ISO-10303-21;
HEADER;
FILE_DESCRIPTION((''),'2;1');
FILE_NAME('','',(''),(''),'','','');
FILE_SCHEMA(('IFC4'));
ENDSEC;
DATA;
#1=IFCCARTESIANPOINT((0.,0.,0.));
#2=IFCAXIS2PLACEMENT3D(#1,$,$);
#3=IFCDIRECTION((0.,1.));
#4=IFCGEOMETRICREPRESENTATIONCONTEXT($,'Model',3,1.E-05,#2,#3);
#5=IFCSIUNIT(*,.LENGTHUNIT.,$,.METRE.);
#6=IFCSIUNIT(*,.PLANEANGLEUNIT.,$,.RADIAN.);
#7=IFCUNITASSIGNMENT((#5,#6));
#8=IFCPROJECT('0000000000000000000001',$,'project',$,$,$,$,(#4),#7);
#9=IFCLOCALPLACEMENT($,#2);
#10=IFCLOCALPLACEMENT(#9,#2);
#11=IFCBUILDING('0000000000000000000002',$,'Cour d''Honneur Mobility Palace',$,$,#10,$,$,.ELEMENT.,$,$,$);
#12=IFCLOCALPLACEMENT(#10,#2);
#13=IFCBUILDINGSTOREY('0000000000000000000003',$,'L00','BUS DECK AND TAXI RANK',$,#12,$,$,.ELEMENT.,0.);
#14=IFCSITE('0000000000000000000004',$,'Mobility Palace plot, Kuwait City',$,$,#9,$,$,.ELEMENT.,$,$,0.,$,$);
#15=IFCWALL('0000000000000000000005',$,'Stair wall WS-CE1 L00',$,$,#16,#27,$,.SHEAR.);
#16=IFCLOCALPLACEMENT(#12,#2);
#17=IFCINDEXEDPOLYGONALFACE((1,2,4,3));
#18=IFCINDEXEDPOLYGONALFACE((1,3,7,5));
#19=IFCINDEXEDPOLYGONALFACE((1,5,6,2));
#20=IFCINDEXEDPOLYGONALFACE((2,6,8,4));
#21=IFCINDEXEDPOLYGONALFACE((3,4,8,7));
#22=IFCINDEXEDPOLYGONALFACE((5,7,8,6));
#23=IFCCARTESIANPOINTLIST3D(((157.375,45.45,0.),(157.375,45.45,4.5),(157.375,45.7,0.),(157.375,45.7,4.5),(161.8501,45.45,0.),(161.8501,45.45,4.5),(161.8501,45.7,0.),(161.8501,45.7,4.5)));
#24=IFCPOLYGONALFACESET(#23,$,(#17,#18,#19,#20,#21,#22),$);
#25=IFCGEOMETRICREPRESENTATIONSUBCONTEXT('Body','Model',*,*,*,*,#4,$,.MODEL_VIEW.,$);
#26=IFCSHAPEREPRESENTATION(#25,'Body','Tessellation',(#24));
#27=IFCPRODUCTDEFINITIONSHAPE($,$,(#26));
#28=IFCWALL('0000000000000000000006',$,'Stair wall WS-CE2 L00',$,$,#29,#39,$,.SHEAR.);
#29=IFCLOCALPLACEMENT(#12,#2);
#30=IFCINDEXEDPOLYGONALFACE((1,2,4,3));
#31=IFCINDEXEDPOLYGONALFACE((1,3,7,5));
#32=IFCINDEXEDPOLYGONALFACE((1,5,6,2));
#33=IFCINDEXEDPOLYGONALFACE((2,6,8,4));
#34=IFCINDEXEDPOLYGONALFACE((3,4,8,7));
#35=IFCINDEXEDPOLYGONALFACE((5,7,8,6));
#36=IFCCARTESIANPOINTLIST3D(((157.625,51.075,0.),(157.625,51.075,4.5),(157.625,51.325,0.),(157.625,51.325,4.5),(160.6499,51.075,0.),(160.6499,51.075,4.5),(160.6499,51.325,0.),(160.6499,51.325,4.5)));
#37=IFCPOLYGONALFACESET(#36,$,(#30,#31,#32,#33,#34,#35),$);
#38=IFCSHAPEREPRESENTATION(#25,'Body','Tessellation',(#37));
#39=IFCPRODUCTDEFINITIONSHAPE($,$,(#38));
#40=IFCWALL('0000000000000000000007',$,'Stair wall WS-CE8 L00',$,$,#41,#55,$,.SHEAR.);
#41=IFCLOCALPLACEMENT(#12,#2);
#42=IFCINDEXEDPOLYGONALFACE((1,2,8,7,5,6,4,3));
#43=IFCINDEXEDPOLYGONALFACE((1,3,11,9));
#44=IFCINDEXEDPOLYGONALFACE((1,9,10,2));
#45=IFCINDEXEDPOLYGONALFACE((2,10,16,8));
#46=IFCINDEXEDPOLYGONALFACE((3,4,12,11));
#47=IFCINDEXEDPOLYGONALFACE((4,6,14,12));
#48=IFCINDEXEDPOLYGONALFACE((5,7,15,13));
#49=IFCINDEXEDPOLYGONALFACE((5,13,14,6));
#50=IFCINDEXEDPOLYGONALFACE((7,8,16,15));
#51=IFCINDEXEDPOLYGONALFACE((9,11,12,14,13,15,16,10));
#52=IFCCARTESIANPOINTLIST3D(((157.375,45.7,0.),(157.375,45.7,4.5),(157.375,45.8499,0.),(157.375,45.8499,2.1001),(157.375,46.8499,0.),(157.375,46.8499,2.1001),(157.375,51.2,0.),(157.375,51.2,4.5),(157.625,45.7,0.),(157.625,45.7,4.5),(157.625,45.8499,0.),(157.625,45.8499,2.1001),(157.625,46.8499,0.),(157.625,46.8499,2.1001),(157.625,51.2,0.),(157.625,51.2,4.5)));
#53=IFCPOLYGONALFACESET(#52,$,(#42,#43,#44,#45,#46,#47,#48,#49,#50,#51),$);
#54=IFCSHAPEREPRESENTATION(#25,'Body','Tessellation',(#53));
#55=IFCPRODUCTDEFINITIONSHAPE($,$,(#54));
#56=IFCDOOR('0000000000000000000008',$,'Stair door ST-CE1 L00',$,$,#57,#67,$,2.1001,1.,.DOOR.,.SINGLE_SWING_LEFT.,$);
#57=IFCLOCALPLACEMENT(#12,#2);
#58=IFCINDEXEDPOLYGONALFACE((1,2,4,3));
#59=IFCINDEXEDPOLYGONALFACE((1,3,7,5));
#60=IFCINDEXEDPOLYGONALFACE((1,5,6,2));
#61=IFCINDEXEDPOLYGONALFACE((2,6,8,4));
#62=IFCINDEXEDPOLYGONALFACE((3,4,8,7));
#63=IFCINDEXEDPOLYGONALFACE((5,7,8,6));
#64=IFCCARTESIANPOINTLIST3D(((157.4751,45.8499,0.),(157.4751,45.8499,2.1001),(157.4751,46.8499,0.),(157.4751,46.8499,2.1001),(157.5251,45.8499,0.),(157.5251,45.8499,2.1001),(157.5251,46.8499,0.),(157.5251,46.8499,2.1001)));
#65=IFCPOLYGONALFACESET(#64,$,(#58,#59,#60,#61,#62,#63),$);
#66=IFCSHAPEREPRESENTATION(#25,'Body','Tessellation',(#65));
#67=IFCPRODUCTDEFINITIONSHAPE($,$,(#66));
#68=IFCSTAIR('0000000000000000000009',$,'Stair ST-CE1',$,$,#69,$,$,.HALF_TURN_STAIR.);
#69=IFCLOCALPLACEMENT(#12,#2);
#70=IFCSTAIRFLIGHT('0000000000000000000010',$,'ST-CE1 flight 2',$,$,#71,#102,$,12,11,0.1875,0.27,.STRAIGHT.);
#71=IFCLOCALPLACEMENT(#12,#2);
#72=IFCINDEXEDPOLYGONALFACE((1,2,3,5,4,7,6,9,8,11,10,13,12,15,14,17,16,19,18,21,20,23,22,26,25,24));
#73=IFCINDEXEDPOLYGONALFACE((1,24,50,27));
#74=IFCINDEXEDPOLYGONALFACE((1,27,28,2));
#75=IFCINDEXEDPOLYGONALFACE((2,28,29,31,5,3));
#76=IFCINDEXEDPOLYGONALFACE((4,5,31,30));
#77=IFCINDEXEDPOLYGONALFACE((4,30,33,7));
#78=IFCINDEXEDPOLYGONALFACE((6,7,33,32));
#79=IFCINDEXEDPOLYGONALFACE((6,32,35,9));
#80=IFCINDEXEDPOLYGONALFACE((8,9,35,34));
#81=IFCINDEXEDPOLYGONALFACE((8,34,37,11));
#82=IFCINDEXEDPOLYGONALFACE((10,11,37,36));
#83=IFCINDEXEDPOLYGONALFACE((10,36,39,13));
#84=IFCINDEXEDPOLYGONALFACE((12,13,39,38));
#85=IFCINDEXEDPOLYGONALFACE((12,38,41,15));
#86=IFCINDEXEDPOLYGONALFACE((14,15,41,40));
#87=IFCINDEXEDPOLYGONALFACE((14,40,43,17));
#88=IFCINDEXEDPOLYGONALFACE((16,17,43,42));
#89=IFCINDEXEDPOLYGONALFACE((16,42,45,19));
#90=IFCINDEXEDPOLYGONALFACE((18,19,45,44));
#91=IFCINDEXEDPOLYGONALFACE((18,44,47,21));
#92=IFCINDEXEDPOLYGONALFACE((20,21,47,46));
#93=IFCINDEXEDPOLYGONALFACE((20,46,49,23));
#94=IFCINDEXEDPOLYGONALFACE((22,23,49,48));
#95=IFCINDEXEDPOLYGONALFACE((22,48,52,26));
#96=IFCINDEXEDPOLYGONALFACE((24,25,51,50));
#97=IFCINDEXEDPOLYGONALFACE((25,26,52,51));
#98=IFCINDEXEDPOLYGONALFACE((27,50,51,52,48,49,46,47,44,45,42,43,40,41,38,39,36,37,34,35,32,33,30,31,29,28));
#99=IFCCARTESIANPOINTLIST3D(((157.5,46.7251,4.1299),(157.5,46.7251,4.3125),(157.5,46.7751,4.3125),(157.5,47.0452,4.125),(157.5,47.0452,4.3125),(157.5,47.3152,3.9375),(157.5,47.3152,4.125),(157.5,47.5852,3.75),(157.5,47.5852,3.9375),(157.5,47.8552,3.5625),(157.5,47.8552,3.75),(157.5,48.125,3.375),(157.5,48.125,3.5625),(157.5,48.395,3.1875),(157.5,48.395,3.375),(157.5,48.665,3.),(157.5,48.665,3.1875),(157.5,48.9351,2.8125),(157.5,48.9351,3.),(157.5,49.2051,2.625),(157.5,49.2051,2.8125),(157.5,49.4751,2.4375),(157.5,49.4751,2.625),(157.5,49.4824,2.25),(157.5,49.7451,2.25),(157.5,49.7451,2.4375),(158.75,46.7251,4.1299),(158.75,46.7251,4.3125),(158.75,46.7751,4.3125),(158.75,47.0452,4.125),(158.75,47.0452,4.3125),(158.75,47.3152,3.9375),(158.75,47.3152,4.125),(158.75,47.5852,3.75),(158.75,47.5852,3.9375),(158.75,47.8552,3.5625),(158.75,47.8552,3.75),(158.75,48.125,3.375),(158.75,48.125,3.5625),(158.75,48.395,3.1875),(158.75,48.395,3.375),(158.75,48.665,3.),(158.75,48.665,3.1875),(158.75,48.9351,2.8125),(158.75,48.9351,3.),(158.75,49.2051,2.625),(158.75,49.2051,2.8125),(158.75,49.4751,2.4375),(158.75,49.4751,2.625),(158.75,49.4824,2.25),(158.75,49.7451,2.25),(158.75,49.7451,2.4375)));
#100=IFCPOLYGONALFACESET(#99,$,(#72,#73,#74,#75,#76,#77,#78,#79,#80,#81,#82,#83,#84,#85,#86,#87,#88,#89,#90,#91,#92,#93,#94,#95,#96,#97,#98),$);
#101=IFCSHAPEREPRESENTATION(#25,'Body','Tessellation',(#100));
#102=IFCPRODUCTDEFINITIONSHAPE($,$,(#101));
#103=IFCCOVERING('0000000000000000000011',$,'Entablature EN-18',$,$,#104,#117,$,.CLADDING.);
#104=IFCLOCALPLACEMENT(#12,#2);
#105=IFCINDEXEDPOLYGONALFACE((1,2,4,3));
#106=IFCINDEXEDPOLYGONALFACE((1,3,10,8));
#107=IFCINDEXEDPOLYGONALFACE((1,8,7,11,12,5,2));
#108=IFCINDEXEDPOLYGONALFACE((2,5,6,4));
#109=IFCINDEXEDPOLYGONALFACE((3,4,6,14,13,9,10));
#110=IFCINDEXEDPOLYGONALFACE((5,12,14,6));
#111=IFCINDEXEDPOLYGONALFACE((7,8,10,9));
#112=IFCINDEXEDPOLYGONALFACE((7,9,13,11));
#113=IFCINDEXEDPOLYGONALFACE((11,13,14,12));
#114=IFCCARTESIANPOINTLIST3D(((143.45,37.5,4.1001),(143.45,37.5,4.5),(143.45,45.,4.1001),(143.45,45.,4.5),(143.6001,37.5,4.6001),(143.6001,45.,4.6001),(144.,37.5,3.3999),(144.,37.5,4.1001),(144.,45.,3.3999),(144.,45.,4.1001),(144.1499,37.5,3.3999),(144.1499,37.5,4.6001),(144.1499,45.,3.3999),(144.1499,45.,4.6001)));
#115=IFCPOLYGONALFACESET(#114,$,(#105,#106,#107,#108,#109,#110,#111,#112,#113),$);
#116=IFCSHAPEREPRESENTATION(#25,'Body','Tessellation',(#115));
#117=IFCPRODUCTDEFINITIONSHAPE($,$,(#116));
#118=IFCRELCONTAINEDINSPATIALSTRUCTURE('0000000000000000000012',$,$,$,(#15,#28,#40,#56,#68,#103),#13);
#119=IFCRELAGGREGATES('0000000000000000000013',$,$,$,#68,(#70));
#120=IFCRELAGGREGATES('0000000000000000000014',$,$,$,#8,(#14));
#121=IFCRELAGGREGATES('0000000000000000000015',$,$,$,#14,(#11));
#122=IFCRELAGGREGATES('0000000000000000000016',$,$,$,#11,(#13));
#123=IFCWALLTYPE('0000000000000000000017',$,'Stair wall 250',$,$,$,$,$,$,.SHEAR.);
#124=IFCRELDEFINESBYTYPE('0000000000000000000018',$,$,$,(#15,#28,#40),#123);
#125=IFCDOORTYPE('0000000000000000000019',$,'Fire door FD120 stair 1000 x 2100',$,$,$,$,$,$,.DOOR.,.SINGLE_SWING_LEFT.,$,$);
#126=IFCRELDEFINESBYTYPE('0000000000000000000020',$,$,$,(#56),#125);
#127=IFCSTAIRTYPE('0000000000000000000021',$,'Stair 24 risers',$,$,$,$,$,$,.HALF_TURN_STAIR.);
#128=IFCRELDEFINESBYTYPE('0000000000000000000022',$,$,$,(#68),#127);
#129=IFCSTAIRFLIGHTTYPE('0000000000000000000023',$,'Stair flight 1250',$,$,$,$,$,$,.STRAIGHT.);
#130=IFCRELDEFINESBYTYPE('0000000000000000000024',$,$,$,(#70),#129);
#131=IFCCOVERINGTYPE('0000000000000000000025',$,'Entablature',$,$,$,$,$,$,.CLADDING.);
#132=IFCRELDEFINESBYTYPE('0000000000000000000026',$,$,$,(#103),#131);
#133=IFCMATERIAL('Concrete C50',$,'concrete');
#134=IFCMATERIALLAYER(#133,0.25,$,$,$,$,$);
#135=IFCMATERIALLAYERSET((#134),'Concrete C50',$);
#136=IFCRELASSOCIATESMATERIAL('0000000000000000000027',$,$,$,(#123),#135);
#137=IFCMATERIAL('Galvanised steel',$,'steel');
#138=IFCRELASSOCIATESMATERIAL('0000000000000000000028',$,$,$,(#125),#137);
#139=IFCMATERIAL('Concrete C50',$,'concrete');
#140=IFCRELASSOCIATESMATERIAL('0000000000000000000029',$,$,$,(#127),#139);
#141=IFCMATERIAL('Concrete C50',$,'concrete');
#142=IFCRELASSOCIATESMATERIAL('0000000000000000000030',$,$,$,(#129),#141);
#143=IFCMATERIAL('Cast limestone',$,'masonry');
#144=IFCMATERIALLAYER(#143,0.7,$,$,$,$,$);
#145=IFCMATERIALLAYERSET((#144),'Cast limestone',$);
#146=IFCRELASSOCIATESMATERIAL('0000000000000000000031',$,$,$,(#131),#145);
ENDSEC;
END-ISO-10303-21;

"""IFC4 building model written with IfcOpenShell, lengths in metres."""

from ifc_helpers import new_model, si_unit, direction, frame, frame_2d, origin, place, context, subcontext, project, spatial, polyline, rectangle, outline, extrude, material, layer, layer_set, type_object, element, fill, aggregate, save


model = new_model("IFC4")

# Units and contexts
model_context = context("Model", 3, precision=1e-05, world=origin(), true_north=direction((0.0, 1.0)))
body_context = subcontext(model_context, "Body", "Model", "MODEL_VIEW")
ifc_project = project(units=[si_unit("LENGTHUNIT", "METRE"), si_unit("PLANEANGLEUNIT", "RADIAN")], contexts=[model_context])

# Site, building, storey
site_placement = place(None, origin())
site = spatial("IfcSite", under=ifc_project, at=site_placement, Name="Mobility Palace plot, Kuwait City", CompositionType="ELEMENT", RefElevation=0.0)
building_placement = place(site_placement, origin())
building = spatial("IfcBuilding", under=site, at=building_placement, Name="Cour d'Honneur Mobility Palace", CompositionType="ELEMENT")
storey_placement = place(building_placement, origin())
storey = spatial("IfcBuildingStorey", under=building, at=storey_placement, Name="L00", Description="BUS DECK AND TAXI RANK", CompositionType="ELEMENT", Elevation=0.0)

# Walls
ifc_material_1 = material(Name="Concrete C50", Category="concrete")
ifc_layer_1 = layer(ifc_material_1, 0.25)
ifc_layer_set_1 = layer_set([ifc_layer_1], Name="Concrete C50")
wall_type_1 = type_object("IfcWallType", Name="Stair wall 250", PredefinedType="SHEAR", material=ifc_layer_set_1)
wall_1_placement = place(storey_placement, frame((157.375, 45.575, 0.0), z_axis=(0.0, 0.0, 1.0), x_axis=(1.0, 0.0, 0.0)))
element("IfcWall", 1, at=wall_1_placement, inside=storey, type_object=wall_type_1, Name="Stair wall WS-CE1 L00", PredefinedType="SHEAR", context=body_context, shape_type="SweptSolid", body=[
    extrude(rectangle(XDim=4.4751, YDim=0.25, at=frame_2d((2.2375, 0.0))), origin(), (0.0, 0.0, 1.0), 4.5),
])
wall_2_placement = place(storey_placement, frame((157.625, 51.2, 0.0), z_axis=(0.0, 0.0, 1.0), x_axis=(1.0, 0.0, 0.0)))
element("IfcWall", 2, at=wall_2_placement, inside=storey, type_object=wall_type_1, Name="Stair wall WS-CE2 L00", PredefinedType="SHEAR", context=body_context, shape_type="SweptSolid", body=[
    extrude(rectangle(XDim=3.0249, YDim=0.25, at=frame_2d((1.5125, 0.0))), origin(), (0.0, 0.0, 1.0), 4.5),
])

# Wall, opening, door
wall_3_placement = place(storey_placement, frame((157.5, 45.7, 0.0), z_axis=(0.0, 0.0, 1.0), x_axis=(0.0, 1.0, 0.0)))
wall_3 = element("IfcWall", 3, at=wall_3_placement, inside=storey, type_object=wall_type_1, Name="Stair wall WS-CE8 L00", PredefinedType="SHEAR", context=body_context, shape_type="SweptSolid", body=[
    extrude(rectangle(XDim=5.5, YDim=0.25, at=frame_2d((2.75, 0.0))), origin(), (0.0, 0.0, 1.0), 4.5),
])
opening_1_placement = place(wall_3_placement, frame((0.1499, 0.0, 0.0)))
opening_1 = element("IfcOpeningElement", 4, at=opening_1_placement, cuts=wall_3, PredefinedType="OPENING", context=body_context, shape_type="SweptSolid", body=[
    extrude(rectangle(XDim=1.0, YDim=2.1001, at=frame_2d((0.5, 1.05))), frame((0.0, 0.135, 0.0), z_axis=(0.0, -1.0, 0.0), x_axis=(1.0, 0.0, 0.0)), (0.0, 0.0, 1.0), 0.27),
])
ifc_material_2 = material(Name="Galvanised steel", Category="steel")
door_type_1 = type_object("IfcDoorType", Name="Fire door FD120 stair 1000 x 2100", OperationType="SINGLE_SWING_LEFT", PredefinedType="DOOR", material=ifc_material_2)
door_1_placement = place(opening_1_placement, origin())
door_1 = element("IfcDoor", 5, at=door_1_placement, inside=storey, type_object=door_type_1, Name="Stair door ST-CE1 L00", OperationType="SINGLE_SWING_LEFT", OverallHeight=2.1001, OverallWidth=1.0, PredefinedType="DOOR", context=body_context, shape_type="SweptSolid", body=[
    extrude(rectangle(XDim=1.0, YDim=2.1001, at=frame_2d((0.5, 1.05))), frame((0.0, 0.0249, 0.0), z_axis=(0.0, -1.0, 0.0), x_axis=(1.0, 0.0, 0.0)), (0.0, 0.0, 1.0), 0.05),
])
fill(opening_1, door_1)

# Stair, stair flight
ifc_material_3 = material(Name="Concrete C50", Category="concrete")
stair_type = type_object("IfcStairType", Name="Stair 24 risers", PredefinedType="HALF_TURN_STAIR", material=ifc_material_3)
stair_placement = place(storey_placement, origin())
stair = element("IfcStair", 6, at=stair_placement, inside=storey, type_object=stair_type, Name="Stair ST-CE1", PredefinedType="HALF_TURN_STAIR")
ifc_material_4 = material(Name="Concrete C50", Category="concrete")
stair_flight_type = type_object("IfcStairFlightType", Name="Stair flight 1250", PredefinedType="STRAIGHT", material=ifc_material_4)
stair_flight_placement = place(storey_placement, frame((158.125, 49.7451, 2.25), z_axis=(0.0, 0.0, 1.0), x_axis=(0.0, -1.0, 0.0)))
stair_flight = element("IfcStairFlight", 7, at=stair_flight_placement, type_object=stair_flight_type, Name="ST-CE1 flight 2", NumberOfRisers=12, NumberOfTreads=11, PredefinedType="STRAIGHT", RiserHeight=0.1875, TreadLength=0.27, context=body_context, shape_type="SweptSolid", body=[
    extrude(outline(polyline([(0.0, 0.0), (0.0, 0.1875), (0.27, 0.1875), (0.27, 0.375), (0.54, 0.375), (0.54, 0.5625), (0.8101, 0.5625), (0.8101, 0.75), (1.0801, 0.75), (1.0801, 0.9375), (1.3501, 0.9375), (1.3501, 1.125), (1.6201, 1.125), (1.6201, 1.3125), (1.8899, 1.3125), (1.8899, 1.5), (2.1599, 1.5), (2.1599, 1.6875), (2.4299, 1.6875), (2.4299, 1.875), (2.7, 1.875), (2.7, 2.0625), (2.97, 2.0625), (3.02, 2.0625), (3.02, 1.8799), (0.2627, 0.0), (0.0, 0.0)])), frame((0.0, 0.625, 0.0), z_axis=(0.0, -1.0, 0.0), x_axis=(1.0, 0.0, 0.0)), (0.0, 0.0, 1.0), 1.25),
])
aggregate(stair, [stair_flight])

# Covering
ifc_material_5 = material(Name="Cast limestone", Category="masonry")
ifc_layer_2 = layer(ifc_material_5, 0.7)
ifc_layer_set_2 = layer_set([ifc_layer_2], Name="Cast limestone")
covering_type_1 = type_object("IfcCoveringType", Name="Entablature", PredefinedType="CLADDING", material=ifc_layer_set_2)
covering_1_placement = place(storey_placement, frame((144.1499, 45.0, 3.3999), z_axis=(0.0, 1.0, 0.0), x_axis=(-1.0, 0.0, 0.0)))
element("IfcCovering", 8, at=covering_1_placement, inside=storey, type_object=covering_type_1, Name="Entablature EN-18", PredefinedType="CLADDING", context=body_context, shape_type="SweptSolid", body=[
    extrude(outline(polyline([(0.0, 0.0), (0.1499, 0.0), (0.1499, 0.7002), (0.7, 0.7002), (0.7, 1.1001), (0.5498, 1.2002), (0.0, 1.2002), (0.0, 0.0)])), origin(), (0.0, 0.0, -1.0), 7.5),
])

save(model, "model.ifc")
